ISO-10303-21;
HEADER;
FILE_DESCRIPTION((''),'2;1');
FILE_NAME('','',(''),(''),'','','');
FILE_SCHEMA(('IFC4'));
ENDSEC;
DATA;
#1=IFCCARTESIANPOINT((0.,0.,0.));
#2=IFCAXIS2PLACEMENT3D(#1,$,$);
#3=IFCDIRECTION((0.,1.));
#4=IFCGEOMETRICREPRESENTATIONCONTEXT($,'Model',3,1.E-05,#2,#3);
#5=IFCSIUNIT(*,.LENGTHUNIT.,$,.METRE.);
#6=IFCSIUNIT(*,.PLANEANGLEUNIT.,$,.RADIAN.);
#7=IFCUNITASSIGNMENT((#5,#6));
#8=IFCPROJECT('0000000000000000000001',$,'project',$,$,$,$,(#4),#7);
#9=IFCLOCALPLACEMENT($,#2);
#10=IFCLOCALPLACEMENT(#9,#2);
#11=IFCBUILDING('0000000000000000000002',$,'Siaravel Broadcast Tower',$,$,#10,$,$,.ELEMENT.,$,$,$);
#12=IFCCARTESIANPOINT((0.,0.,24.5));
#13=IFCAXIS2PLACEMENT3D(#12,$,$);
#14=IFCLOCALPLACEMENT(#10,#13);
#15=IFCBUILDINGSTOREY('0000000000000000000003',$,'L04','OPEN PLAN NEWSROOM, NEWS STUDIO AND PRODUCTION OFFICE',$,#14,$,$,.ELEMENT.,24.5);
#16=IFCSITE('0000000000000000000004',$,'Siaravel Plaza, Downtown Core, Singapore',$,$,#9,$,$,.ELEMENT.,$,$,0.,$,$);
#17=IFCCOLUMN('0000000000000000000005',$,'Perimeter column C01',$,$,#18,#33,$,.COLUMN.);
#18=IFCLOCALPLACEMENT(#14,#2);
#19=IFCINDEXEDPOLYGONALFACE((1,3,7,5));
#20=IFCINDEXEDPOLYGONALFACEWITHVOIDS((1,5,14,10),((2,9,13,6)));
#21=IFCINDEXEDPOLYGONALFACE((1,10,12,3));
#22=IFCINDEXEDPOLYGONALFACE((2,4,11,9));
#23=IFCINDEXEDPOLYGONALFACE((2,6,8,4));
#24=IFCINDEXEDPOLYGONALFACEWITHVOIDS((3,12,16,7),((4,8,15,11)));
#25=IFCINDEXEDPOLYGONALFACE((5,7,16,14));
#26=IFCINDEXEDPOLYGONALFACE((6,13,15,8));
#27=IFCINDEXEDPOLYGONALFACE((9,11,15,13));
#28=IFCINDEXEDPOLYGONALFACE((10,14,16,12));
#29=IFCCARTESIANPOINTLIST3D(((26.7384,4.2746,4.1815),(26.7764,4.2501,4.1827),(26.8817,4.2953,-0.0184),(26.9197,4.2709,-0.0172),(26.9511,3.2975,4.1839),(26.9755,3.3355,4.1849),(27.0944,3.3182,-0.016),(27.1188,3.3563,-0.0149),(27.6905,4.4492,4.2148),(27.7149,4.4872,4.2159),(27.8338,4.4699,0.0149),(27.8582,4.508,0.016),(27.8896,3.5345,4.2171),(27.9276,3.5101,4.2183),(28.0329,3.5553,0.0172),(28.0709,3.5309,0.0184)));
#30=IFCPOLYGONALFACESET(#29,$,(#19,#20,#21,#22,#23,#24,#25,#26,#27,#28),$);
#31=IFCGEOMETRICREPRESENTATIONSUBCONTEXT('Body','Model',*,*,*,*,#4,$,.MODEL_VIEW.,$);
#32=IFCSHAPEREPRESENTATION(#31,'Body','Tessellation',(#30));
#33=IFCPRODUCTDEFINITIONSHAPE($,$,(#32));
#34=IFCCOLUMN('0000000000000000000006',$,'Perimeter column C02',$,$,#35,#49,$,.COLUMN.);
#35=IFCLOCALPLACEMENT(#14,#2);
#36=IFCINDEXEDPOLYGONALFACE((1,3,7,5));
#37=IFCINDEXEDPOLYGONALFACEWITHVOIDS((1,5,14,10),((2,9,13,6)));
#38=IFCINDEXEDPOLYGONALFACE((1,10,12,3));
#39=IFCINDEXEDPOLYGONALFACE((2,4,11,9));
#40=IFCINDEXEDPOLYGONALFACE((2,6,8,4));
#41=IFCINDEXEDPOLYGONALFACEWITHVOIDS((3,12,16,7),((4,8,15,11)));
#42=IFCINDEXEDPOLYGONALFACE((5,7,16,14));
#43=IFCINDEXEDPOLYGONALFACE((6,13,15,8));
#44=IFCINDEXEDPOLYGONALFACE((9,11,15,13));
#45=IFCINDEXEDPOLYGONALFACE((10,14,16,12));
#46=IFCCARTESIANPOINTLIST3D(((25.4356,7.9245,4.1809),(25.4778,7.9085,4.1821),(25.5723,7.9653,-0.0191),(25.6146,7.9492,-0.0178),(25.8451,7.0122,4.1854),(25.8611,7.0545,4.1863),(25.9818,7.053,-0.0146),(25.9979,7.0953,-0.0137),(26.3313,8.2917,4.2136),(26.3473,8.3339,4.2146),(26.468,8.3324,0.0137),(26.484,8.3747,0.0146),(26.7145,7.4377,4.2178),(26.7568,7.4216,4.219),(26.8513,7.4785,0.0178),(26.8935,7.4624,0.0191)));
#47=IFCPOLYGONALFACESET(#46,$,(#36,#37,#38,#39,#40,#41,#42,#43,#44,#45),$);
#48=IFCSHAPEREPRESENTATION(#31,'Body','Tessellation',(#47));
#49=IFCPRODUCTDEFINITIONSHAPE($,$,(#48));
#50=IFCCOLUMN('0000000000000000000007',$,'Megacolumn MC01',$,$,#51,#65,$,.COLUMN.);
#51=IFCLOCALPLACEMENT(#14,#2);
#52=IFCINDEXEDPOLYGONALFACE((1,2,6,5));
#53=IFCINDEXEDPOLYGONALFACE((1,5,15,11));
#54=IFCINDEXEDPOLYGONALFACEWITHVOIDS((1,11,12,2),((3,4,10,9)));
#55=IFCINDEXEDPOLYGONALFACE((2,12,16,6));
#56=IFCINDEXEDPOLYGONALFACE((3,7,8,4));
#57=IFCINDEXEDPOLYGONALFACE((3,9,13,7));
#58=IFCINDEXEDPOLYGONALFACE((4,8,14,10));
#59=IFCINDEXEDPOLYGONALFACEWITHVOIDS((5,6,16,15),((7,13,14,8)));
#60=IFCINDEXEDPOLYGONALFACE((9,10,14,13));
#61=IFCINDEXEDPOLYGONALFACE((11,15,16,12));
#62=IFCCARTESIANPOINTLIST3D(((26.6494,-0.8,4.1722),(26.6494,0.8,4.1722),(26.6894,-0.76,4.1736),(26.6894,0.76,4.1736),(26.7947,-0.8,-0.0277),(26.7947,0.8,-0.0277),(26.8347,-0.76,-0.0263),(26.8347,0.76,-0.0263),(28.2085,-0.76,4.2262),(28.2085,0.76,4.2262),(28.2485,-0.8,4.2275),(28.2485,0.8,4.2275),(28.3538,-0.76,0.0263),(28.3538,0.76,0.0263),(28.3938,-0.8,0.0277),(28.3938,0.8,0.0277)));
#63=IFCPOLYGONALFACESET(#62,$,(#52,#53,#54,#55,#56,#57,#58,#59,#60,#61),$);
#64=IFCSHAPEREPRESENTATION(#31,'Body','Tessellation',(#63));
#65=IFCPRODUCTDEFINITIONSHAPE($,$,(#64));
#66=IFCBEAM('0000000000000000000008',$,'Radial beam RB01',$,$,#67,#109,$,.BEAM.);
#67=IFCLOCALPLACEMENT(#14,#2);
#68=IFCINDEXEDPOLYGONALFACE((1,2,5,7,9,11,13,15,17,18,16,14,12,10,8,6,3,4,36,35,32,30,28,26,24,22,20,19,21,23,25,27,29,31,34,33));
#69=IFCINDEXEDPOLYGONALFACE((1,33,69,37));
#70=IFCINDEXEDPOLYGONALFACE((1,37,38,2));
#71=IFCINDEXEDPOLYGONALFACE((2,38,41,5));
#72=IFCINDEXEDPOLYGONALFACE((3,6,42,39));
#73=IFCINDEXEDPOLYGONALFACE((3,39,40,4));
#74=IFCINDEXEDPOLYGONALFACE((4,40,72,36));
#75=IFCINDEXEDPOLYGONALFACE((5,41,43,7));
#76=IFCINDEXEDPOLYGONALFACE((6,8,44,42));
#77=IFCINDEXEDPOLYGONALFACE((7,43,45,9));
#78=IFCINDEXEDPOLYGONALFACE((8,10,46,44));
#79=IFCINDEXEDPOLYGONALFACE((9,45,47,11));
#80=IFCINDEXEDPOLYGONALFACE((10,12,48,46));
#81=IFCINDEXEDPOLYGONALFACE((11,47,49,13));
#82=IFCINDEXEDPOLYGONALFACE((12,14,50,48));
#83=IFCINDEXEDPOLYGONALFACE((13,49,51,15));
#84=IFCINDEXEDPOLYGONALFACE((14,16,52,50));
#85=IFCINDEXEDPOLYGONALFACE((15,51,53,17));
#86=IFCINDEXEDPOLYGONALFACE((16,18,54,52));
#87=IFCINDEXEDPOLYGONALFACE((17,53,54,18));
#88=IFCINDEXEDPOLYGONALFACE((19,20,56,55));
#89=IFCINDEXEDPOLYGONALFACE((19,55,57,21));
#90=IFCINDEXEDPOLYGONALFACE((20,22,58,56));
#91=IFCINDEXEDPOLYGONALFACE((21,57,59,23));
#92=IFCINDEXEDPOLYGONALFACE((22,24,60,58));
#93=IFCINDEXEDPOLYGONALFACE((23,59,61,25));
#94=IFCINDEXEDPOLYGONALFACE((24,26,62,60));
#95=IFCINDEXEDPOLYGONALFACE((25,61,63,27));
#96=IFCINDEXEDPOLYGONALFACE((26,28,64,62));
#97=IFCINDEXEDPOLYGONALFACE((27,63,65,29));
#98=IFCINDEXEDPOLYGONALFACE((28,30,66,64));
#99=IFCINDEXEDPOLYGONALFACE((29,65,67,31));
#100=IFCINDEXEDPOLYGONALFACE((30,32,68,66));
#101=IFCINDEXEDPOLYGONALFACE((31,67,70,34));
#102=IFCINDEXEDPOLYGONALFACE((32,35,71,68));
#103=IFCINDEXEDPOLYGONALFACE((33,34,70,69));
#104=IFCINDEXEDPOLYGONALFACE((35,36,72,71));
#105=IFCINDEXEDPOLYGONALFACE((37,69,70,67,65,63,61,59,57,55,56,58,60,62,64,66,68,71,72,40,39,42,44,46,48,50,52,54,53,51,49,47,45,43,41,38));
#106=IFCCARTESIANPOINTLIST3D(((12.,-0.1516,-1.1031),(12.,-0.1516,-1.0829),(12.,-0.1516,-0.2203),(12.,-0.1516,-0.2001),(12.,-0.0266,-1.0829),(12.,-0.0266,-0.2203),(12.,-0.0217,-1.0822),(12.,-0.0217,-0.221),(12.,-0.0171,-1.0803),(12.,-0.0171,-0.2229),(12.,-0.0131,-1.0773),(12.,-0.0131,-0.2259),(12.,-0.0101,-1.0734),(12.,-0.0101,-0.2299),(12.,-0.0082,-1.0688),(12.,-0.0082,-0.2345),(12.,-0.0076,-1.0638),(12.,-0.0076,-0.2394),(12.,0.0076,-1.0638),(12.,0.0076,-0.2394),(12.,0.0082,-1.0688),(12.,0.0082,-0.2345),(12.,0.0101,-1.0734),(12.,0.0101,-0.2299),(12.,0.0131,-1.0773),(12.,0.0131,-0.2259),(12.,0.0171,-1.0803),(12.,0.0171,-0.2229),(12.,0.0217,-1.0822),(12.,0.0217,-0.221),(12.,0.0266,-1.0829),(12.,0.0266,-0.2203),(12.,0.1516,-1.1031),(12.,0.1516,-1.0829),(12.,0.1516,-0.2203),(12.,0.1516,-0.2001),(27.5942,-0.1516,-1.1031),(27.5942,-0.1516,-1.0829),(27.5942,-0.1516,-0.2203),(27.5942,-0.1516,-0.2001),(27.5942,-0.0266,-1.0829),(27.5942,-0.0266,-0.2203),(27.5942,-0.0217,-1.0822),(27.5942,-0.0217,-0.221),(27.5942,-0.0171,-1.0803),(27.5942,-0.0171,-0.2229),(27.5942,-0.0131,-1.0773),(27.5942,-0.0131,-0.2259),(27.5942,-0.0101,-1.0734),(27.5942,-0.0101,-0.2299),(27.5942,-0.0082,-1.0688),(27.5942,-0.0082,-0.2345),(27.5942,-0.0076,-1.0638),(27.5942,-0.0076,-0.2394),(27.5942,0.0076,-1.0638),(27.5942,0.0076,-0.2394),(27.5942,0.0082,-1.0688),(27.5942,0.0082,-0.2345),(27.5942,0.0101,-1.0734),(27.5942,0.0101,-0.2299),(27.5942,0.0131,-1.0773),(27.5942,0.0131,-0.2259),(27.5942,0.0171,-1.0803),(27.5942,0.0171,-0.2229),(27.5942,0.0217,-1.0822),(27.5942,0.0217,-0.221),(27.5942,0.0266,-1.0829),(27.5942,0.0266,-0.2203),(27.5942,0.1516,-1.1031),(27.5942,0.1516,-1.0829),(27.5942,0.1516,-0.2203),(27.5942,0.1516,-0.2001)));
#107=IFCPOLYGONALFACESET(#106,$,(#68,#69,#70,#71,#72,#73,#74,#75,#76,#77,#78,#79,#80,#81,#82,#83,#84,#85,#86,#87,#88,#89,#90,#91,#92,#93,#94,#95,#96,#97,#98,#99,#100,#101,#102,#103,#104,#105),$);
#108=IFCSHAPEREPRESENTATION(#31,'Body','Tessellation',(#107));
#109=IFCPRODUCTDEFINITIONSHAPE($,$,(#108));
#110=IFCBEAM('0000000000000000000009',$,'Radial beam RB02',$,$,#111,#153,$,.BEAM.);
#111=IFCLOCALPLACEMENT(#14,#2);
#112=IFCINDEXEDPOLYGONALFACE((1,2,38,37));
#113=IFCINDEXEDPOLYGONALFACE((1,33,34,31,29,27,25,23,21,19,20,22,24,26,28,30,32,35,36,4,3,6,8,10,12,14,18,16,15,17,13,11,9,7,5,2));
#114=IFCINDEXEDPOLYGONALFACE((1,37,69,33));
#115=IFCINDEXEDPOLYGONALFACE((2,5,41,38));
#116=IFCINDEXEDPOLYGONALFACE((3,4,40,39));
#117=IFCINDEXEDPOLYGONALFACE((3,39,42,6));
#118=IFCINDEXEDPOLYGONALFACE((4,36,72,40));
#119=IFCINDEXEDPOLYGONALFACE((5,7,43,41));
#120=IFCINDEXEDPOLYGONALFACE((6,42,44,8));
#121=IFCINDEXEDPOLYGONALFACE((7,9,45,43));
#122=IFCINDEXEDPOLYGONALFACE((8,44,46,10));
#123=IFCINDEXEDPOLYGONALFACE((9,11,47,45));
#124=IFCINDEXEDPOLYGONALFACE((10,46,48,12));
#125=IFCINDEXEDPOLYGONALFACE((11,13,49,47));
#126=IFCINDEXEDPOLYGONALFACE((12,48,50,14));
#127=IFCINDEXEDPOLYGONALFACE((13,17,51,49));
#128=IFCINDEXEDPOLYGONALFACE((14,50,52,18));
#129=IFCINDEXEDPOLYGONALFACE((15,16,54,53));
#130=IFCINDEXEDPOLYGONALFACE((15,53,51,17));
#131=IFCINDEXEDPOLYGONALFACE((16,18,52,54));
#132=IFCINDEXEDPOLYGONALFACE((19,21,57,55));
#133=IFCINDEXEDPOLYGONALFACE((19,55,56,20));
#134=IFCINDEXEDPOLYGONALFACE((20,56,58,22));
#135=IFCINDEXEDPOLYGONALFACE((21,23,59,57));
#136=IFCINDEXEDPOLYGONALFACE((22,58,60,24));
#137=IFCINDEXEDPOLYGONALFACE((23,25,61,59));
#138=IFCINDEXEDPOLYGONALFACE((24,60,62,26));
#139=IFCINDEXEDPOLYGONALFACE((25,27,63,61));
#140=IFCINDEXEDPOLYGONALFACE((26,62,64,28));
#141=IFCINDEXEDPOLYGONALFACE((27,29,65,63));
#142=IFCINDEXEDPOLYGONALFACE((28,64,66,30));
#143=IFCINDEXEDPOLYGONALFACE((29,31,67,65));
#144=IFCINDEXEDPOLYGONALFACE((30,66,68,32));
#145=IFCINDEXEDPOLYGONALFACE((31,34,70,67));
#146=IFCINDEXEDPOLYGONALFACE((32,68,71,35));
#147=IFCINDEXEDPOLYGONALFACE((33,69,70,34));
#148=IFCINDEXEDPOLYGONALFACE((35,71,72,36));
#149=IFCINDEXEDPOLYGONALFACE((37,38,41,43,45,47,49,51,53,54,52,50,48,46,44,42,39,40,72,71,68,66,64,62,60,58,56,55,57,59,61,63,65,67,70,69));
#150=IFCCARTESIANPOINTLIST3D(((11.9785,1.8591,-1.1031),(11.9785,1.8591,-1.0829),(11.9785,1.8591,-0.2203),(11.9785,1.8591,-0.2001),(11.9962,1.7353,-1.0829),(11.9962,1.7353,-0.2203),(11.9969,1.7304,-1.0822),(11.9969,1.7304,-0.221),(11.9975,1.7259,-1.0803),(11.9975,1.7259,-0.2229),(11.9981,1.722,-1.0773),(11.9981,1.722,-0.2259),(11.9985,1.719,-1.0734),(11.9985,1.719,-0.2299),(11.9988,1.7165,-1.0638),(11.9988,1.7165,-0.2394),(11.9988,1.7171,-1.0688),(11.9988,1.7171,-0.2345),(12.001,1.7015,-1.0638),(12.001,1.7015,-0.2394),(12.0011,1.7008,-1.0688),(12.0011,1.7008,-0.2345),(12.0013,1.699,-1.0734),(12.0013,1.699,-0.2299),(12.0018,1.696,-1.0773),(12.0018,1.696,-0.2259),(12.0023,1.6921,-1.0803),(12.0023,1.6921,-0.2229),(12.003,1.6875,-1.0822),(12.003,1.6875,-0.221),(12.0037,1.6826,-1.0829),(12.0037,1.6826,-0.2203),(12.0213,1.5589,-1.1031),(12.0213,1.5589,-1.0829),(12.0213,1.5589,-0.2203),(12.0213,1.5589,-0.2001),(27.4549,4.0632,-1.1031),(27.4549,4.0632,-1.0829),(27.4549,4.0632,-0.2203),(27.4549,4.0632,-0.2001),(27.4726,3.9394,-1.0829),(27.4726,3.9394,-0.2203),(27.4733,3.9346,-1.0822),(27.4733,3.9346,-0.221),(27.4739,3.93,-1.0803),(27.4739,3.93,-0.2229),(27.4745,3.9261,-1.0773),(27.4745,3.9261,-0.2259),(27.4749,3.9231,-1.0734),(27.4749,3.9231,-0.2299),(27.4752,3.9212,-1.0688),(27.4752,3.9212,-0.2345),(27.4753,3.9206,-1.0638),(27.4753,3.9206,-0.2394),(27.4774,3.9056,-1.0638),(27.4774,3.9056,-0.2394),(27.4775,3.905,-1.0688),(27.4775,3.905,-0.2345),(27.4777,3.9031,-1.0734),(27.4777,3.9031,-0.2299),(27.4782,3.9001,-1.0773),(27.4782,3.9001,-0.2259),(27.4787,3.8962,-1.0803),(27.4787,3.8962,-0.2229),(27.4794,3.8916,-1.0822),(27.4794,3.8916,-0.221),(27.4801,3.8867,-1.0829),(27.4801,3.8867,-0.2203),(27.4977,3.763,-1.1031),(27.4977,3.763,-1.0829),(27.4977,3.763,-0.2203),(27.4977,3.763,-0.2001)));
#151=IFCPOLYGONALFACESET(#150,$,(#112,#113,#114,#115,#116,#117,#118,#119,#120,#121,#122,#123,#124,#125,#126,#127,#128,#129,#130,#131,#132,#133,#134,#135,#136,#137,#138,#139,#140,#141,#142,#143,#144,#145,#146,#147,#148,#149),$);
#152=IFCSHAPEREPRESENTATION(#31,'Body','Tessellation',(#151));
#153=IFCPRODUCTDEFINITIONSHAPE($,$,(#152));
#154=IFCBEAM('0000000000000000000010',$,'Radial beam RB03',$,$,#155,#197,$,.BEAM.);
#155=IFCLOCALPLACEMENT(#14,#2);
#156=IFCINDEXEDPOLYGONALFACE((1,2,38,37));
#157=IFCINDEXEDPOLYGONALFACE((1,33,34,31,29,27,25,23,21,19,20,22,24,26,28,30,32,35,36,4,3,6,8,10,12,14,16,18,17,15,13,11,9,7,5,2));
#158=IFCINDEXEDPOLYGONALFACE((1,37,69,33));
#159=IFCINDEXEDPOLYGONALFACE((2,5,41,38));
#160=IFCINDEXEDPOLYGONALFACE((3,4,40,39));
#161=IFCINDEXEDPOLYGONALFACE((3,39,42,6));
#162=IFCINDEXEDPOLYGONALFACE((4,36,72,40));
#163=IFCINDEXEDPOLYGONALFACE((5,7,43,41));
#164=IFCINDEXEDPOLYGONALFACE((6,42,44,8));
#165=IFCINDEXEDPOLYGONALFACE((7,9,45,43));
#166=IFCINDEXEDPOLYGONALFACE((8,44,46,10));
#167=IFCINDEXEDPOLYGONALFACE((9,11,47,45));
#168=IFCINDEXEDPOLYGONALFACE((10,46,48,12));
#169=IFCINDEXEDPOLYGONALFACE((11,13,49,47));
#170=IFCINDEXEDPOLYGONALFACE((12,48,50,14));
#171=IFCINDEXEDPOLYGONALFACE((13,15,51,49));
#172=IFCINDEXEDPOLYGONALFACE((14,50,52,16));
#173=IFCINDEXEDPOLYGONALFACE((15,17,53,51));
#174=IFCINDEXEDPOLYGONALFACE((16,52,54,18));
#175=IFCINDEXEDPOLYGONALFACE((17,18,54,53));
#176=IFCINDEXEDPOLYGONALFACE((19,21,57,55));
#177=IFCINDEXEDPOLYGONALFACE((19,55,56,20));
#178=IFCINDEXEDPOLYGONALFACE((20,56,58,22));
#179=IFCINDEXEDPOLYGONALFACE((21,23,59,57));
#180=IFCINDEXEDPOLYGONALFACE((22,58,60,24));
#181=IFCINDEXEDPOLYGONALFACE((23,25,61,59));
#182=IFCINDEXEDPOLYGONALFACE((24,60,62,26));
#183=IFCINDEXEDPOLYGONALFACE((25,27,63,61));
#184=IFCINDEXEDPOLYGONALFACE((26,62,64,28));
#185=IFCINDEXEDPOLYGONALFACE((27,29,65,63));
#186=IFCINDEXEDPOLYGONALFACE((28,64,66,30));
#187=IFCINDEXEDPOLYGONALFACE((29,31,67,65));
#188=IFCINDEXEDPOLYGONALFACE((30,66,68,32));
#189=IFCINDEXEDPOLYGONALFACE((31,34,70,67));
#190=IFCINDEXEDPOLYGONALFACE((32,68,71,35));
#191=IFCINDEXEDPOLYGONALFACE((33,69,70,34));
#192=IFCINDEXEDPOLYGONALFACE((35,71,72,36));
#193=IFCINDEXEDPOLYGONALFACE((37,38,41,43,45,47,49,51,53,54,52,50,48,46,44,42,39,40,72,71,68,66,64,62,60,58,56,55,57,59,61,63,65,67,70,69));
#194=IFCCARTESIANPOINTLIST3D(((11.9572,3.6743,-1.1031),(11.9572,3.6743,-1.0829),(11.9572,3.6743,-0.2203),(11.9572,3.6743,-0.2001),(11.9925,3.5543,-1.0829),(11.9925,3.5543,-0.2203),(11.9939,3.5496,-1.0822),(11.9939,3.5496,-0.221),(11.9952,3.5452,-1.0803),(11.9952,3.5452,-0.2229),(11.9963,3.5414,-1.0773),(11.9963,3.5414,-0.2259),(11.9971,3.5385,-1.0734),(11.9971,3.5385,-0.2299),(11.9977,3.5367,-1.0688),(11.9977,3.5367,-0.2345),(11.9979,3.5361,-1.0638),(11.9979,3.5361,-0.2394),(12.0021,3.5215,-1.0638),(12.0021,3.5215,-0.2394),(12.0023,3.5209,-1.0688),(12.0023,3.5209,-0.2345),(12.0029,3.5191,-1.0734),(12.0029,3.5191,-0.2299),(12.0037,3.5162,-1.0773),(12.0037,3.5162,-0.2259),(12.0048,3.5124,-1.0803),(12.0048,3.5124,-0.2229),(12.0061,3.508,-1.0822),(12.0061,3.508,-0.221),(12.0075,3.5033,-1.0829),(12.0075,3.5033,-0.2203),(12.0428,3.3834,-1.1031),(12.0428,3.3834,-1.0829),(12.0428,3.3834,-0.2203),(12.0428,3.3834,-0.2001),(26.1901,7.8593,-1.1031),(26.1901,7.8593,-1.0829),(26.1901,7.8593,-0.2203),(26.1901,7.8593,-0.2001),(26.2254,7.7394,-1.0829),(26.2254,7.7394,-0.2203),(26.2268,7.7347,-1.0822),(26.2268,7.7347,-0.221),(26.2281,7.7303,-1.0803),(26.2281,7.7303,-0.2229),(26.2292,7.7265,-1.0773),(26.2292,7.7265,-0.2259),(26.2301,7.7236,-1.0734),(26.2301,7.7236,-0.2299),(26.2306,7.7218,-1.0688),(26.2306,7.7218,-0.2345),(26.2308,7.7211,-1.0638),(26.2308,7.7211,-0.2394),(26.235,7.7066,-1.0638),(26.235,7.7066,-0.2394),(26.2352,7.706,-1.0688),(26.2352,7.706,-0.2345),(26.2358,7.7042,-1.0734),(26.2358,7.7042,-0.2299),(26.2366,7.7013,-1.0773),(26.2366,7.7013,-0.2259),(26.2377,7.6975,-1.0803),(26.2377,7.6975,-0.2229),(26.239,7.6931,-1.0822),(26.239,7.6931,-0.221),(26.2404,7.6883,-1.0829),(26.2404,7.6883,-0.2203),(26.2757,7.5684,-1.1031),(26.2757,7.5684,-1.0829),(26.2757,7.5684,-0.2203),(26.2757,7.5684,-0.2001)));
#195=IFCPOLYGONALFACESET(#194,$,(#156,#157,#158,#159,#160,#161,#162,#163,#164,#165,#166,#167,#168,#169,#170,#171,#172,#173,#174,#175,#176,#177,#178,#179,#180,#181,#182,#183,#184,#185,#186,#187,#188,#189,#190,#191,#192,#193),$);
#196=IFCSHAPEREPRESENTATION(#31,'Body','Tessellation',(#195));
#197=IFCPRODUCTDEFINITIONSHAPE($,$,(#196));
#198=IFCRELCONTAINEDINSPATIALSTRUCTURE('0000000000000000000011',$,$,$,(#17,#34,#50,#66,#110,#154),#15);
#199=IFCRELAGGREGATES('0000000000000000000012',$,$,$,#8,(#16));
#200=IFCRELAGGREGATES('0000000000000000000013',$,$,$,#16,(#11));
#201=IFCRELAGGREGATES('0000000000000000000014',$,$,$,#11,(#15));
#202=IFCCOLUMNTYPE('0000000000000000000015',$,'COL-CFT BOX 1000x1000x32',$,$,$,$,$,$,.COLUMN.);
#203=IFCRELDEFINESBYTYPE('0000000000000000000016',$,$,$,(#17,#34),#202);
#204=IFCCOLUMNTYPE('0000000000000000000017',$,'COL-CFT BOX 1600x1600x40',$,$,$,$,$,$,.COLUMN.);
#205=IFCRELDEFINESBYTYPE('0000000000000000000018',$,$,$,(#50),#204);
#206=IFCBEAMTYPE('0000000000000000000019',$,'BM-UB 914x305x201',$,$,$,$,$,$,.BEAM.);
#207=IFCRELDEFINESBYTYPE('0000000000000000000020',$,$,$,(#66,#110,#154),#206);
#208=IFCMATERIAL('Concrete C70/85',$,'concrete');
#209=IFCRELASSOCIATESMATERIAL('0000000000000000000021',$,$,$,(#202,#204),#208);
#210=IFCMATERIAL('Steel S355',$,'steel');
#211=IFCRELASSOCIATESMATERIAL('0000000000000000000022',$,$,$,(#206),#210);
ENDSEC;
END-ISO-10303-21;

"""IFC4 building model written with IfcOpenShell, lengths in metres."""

from ifc_helpers import new_model, si_unit, direction, frame, origin, origin_2d, place, context, subcontext, project, spatial, hollow_rectangle, i_section, extrude, material, material_profile, profile_set, type_object, element, save


model = new_model("IFC4")

# Units and contexts
model_context = context("Model", 3, precision=1e-05, world=origin(), true_north=direction((0.0, 1.0)))
body_context = subcontext(model_context, "Body", "Model", "MODEL_VIEW")
ifc_project = project(units=[si_unit("LENGTHUNIT", "METRE"), si_unit("PLANEANGLEUNIT", "RADIAN")], contexts=[model_context])

# Site, building, storey
site_placement = place(None, origin())
site = spatial("IfcSite", under=ifc_project, at=site_placement, Name="Siaravel Plaza, Downtown Core, Singapore", CompositionType="ELEMENT", RefElevation=0.0)
building_placement = place(site_placement, origin())
building = spatial("IfcBuilding", under=site, at=building_placement, Name="Siaravel Broadcast Tower", CompositionType="ELEMENT")
storey_placement = place(building_placement, frame((0.0, 0.0, 24.5)))
storey = spatial("IfcBuildingStorey", under=building, at=storey_placement, Name="L04", Description="OPEN PLAN NEWSROOM, NEWS STUDIO AND PRODUCTION OFFICE", CompositionType="ELEMENT", Elevation=24.5)

# Columns
ifc_material_1 = material(Name="Concrete C70/85", Category="concrete")
ifc_material_profile_1 = material_profile(ifc_material_1, hollow_rectangle(XDim=1.0, YDim=1.0, WallThickness=0.032, at=origin_2d()))
ifc_profile_set_1 = profile_set([ifc_material_profile_1], Name="Concrete C70/85")
column_type_1 = type_object("IfcColumnType", Name="COL-CFT BOX 1000x1000x32", PredefinedType="COLUMN", material=ifc_profile_set_1)
for number, where, z_axis, x_axis, name in (
    (1, (27.4763, 3.9131, 0.0), (-0.034102, -0.004938, 0.999406), (0.212689, -0.977117, 0.002429), "Perimeter column C01"),
    (2, (26.2329, 7.7139, 0.0), (-0.032534, -0.009702, 0.999424), (0.409489, -0.912304, 0.004474), "Perimeter column C02"),
):
    element("IfcColumn", number, at=place(storey_placement, frame(where, z_axis=z_axis, x_axis=x_axis)), inside=storey, type_object=column_type_1, Name=name, PredefinedType="COLUMN", context=body_context, shape_type="SweptSolid", body=[
        extrude(hollow_rectangle(XDim=1.0, YDim=1.0, WallThickness=0.032, at=origin_2d()), origin(), (0.0, 0.0, 1.0), 4.2024),
    ])
ifc_material_profile_2 = material_profile(ifc_material_1, hollow_rectangle(XDim=1.6001, YDim=1.6001, WallThickness=0.04, at=origin_2d()))
ifc_profile_set_2 = profile_set([ifc_material_profile_2], Name="Concrete C70/85")
column_type_2 = type_object("IfcColumnType", Name="COL-CFT BOX 1600x1600x40", PredefinedType="COLUMN", material=ifc_profile_set_2)
column_placement = place(storey_placement, frame((27.5942, 0.0, 0.0), z_axis=(-0.034566, 0.0, 0.999402), x_axis=(0.0, -1.0, 0.0)))
element("IfcColumn", 3, at=column_placement, inside=storey, type_object=column_type_2, Name="Megacolumn MC01", PredefinedType="COLUMN", context=body_context, shape_type="SweptSolid", body=[
    extrude(hollow_rectangle(XDim=1.6001, YDim=1.6001, WallThickness=0.04, at=origin_2d()), origin(), (0.0, 0.0, 1.0), 4.2024),
])

# Beams
ifc_material_2 = material(Name="Steel S355", Category="steel")
ifc_material_profile_3 = material_profile(ifc_material_2, i_section(OverallWidth=0.3032, OverallDepth=0.9031, WebThickness=0.0151, FlangeThickness=0.0203, FilletRadius=0.019, at=origin_2d()))
ifc_profile_set_3 = profile_set([ifc_material_profile_3], Name="Steel S355")
beam_type = type_object("IfcBeamType", Name="BM-UB 914x305x201", PredefinedType="BEAM", material=ifc_profile_set_3)
beam_1_placement = place(storey_placement, frame((27.5942, 0.0, -0.6516), z_axis=(-1.0, 0.0, 0.0), x_axis=(0.0, -1.0, 0.0)))
element("IfcBeam", 4, at=beam_1_placement, inside=storey, type_object=beam_type, Name="Radial beam RB01", PredefinedType="BEAM", context=body_context, shape_type="SweptSolid", body=[
    extrude(i_section(OverallWidth=0.3032, OverallDepth=0.9031, WebThickness=0.0151, FlangeThickness=0.0203, FilletRadius=0.019, at=origin_2d()), origin(), (0.0, 0.0, 1.0), 15.5942),
])
beam_2_placement = place(storey_placement, frame((27.4763, 3.9131, -0.6516), z_axis=(-0.99001, -0.140995, 0.0), x_axis=(0.140995, -0.99001, 0.0)))
element("IfcBeam", 5, at=beam_2_placement, inside=storey, type_object=beam_type, Name="Radial beam RB02", PredefinedType="BEAM", context=body_context, shape_type="SweptSolid", body=[
    extrude(i_section(OverallWidth=0.3032, OverallDepth=0.9031, WebThickness=0.0151, FlangeThickness=0.0203, FilletRadius=0.019, at=origin_2d()), origin(), (0.0, 0.0, 1.0), 15.6326),
])
beam_3_placement = place(storey_placement, frame((26.2329, 7.7139, -0.6516), z_axis=(-0.959385, -0.282099, 0.0), x_axis=(0.282099, -0.959385, 0.0)))
element("IfcBeam", 6, at=beam_3_placement, inside=storey, type_object=beam_type, Name="Radial beam RB03", PredefinedType="BEAM", context=body_context, shape_type="SweptSolid", body=[
    extrude(i_section(OverallWidth=0.3032, OverallDepth=0.9031, WebThickness=0.0151, FlangeThickness=0.0203, FilletRadius=0.019, at=origin_2d()), origin(), (0.0, 0.0, 1.0), 14.8354),
])

save(model, "model.ifc")
